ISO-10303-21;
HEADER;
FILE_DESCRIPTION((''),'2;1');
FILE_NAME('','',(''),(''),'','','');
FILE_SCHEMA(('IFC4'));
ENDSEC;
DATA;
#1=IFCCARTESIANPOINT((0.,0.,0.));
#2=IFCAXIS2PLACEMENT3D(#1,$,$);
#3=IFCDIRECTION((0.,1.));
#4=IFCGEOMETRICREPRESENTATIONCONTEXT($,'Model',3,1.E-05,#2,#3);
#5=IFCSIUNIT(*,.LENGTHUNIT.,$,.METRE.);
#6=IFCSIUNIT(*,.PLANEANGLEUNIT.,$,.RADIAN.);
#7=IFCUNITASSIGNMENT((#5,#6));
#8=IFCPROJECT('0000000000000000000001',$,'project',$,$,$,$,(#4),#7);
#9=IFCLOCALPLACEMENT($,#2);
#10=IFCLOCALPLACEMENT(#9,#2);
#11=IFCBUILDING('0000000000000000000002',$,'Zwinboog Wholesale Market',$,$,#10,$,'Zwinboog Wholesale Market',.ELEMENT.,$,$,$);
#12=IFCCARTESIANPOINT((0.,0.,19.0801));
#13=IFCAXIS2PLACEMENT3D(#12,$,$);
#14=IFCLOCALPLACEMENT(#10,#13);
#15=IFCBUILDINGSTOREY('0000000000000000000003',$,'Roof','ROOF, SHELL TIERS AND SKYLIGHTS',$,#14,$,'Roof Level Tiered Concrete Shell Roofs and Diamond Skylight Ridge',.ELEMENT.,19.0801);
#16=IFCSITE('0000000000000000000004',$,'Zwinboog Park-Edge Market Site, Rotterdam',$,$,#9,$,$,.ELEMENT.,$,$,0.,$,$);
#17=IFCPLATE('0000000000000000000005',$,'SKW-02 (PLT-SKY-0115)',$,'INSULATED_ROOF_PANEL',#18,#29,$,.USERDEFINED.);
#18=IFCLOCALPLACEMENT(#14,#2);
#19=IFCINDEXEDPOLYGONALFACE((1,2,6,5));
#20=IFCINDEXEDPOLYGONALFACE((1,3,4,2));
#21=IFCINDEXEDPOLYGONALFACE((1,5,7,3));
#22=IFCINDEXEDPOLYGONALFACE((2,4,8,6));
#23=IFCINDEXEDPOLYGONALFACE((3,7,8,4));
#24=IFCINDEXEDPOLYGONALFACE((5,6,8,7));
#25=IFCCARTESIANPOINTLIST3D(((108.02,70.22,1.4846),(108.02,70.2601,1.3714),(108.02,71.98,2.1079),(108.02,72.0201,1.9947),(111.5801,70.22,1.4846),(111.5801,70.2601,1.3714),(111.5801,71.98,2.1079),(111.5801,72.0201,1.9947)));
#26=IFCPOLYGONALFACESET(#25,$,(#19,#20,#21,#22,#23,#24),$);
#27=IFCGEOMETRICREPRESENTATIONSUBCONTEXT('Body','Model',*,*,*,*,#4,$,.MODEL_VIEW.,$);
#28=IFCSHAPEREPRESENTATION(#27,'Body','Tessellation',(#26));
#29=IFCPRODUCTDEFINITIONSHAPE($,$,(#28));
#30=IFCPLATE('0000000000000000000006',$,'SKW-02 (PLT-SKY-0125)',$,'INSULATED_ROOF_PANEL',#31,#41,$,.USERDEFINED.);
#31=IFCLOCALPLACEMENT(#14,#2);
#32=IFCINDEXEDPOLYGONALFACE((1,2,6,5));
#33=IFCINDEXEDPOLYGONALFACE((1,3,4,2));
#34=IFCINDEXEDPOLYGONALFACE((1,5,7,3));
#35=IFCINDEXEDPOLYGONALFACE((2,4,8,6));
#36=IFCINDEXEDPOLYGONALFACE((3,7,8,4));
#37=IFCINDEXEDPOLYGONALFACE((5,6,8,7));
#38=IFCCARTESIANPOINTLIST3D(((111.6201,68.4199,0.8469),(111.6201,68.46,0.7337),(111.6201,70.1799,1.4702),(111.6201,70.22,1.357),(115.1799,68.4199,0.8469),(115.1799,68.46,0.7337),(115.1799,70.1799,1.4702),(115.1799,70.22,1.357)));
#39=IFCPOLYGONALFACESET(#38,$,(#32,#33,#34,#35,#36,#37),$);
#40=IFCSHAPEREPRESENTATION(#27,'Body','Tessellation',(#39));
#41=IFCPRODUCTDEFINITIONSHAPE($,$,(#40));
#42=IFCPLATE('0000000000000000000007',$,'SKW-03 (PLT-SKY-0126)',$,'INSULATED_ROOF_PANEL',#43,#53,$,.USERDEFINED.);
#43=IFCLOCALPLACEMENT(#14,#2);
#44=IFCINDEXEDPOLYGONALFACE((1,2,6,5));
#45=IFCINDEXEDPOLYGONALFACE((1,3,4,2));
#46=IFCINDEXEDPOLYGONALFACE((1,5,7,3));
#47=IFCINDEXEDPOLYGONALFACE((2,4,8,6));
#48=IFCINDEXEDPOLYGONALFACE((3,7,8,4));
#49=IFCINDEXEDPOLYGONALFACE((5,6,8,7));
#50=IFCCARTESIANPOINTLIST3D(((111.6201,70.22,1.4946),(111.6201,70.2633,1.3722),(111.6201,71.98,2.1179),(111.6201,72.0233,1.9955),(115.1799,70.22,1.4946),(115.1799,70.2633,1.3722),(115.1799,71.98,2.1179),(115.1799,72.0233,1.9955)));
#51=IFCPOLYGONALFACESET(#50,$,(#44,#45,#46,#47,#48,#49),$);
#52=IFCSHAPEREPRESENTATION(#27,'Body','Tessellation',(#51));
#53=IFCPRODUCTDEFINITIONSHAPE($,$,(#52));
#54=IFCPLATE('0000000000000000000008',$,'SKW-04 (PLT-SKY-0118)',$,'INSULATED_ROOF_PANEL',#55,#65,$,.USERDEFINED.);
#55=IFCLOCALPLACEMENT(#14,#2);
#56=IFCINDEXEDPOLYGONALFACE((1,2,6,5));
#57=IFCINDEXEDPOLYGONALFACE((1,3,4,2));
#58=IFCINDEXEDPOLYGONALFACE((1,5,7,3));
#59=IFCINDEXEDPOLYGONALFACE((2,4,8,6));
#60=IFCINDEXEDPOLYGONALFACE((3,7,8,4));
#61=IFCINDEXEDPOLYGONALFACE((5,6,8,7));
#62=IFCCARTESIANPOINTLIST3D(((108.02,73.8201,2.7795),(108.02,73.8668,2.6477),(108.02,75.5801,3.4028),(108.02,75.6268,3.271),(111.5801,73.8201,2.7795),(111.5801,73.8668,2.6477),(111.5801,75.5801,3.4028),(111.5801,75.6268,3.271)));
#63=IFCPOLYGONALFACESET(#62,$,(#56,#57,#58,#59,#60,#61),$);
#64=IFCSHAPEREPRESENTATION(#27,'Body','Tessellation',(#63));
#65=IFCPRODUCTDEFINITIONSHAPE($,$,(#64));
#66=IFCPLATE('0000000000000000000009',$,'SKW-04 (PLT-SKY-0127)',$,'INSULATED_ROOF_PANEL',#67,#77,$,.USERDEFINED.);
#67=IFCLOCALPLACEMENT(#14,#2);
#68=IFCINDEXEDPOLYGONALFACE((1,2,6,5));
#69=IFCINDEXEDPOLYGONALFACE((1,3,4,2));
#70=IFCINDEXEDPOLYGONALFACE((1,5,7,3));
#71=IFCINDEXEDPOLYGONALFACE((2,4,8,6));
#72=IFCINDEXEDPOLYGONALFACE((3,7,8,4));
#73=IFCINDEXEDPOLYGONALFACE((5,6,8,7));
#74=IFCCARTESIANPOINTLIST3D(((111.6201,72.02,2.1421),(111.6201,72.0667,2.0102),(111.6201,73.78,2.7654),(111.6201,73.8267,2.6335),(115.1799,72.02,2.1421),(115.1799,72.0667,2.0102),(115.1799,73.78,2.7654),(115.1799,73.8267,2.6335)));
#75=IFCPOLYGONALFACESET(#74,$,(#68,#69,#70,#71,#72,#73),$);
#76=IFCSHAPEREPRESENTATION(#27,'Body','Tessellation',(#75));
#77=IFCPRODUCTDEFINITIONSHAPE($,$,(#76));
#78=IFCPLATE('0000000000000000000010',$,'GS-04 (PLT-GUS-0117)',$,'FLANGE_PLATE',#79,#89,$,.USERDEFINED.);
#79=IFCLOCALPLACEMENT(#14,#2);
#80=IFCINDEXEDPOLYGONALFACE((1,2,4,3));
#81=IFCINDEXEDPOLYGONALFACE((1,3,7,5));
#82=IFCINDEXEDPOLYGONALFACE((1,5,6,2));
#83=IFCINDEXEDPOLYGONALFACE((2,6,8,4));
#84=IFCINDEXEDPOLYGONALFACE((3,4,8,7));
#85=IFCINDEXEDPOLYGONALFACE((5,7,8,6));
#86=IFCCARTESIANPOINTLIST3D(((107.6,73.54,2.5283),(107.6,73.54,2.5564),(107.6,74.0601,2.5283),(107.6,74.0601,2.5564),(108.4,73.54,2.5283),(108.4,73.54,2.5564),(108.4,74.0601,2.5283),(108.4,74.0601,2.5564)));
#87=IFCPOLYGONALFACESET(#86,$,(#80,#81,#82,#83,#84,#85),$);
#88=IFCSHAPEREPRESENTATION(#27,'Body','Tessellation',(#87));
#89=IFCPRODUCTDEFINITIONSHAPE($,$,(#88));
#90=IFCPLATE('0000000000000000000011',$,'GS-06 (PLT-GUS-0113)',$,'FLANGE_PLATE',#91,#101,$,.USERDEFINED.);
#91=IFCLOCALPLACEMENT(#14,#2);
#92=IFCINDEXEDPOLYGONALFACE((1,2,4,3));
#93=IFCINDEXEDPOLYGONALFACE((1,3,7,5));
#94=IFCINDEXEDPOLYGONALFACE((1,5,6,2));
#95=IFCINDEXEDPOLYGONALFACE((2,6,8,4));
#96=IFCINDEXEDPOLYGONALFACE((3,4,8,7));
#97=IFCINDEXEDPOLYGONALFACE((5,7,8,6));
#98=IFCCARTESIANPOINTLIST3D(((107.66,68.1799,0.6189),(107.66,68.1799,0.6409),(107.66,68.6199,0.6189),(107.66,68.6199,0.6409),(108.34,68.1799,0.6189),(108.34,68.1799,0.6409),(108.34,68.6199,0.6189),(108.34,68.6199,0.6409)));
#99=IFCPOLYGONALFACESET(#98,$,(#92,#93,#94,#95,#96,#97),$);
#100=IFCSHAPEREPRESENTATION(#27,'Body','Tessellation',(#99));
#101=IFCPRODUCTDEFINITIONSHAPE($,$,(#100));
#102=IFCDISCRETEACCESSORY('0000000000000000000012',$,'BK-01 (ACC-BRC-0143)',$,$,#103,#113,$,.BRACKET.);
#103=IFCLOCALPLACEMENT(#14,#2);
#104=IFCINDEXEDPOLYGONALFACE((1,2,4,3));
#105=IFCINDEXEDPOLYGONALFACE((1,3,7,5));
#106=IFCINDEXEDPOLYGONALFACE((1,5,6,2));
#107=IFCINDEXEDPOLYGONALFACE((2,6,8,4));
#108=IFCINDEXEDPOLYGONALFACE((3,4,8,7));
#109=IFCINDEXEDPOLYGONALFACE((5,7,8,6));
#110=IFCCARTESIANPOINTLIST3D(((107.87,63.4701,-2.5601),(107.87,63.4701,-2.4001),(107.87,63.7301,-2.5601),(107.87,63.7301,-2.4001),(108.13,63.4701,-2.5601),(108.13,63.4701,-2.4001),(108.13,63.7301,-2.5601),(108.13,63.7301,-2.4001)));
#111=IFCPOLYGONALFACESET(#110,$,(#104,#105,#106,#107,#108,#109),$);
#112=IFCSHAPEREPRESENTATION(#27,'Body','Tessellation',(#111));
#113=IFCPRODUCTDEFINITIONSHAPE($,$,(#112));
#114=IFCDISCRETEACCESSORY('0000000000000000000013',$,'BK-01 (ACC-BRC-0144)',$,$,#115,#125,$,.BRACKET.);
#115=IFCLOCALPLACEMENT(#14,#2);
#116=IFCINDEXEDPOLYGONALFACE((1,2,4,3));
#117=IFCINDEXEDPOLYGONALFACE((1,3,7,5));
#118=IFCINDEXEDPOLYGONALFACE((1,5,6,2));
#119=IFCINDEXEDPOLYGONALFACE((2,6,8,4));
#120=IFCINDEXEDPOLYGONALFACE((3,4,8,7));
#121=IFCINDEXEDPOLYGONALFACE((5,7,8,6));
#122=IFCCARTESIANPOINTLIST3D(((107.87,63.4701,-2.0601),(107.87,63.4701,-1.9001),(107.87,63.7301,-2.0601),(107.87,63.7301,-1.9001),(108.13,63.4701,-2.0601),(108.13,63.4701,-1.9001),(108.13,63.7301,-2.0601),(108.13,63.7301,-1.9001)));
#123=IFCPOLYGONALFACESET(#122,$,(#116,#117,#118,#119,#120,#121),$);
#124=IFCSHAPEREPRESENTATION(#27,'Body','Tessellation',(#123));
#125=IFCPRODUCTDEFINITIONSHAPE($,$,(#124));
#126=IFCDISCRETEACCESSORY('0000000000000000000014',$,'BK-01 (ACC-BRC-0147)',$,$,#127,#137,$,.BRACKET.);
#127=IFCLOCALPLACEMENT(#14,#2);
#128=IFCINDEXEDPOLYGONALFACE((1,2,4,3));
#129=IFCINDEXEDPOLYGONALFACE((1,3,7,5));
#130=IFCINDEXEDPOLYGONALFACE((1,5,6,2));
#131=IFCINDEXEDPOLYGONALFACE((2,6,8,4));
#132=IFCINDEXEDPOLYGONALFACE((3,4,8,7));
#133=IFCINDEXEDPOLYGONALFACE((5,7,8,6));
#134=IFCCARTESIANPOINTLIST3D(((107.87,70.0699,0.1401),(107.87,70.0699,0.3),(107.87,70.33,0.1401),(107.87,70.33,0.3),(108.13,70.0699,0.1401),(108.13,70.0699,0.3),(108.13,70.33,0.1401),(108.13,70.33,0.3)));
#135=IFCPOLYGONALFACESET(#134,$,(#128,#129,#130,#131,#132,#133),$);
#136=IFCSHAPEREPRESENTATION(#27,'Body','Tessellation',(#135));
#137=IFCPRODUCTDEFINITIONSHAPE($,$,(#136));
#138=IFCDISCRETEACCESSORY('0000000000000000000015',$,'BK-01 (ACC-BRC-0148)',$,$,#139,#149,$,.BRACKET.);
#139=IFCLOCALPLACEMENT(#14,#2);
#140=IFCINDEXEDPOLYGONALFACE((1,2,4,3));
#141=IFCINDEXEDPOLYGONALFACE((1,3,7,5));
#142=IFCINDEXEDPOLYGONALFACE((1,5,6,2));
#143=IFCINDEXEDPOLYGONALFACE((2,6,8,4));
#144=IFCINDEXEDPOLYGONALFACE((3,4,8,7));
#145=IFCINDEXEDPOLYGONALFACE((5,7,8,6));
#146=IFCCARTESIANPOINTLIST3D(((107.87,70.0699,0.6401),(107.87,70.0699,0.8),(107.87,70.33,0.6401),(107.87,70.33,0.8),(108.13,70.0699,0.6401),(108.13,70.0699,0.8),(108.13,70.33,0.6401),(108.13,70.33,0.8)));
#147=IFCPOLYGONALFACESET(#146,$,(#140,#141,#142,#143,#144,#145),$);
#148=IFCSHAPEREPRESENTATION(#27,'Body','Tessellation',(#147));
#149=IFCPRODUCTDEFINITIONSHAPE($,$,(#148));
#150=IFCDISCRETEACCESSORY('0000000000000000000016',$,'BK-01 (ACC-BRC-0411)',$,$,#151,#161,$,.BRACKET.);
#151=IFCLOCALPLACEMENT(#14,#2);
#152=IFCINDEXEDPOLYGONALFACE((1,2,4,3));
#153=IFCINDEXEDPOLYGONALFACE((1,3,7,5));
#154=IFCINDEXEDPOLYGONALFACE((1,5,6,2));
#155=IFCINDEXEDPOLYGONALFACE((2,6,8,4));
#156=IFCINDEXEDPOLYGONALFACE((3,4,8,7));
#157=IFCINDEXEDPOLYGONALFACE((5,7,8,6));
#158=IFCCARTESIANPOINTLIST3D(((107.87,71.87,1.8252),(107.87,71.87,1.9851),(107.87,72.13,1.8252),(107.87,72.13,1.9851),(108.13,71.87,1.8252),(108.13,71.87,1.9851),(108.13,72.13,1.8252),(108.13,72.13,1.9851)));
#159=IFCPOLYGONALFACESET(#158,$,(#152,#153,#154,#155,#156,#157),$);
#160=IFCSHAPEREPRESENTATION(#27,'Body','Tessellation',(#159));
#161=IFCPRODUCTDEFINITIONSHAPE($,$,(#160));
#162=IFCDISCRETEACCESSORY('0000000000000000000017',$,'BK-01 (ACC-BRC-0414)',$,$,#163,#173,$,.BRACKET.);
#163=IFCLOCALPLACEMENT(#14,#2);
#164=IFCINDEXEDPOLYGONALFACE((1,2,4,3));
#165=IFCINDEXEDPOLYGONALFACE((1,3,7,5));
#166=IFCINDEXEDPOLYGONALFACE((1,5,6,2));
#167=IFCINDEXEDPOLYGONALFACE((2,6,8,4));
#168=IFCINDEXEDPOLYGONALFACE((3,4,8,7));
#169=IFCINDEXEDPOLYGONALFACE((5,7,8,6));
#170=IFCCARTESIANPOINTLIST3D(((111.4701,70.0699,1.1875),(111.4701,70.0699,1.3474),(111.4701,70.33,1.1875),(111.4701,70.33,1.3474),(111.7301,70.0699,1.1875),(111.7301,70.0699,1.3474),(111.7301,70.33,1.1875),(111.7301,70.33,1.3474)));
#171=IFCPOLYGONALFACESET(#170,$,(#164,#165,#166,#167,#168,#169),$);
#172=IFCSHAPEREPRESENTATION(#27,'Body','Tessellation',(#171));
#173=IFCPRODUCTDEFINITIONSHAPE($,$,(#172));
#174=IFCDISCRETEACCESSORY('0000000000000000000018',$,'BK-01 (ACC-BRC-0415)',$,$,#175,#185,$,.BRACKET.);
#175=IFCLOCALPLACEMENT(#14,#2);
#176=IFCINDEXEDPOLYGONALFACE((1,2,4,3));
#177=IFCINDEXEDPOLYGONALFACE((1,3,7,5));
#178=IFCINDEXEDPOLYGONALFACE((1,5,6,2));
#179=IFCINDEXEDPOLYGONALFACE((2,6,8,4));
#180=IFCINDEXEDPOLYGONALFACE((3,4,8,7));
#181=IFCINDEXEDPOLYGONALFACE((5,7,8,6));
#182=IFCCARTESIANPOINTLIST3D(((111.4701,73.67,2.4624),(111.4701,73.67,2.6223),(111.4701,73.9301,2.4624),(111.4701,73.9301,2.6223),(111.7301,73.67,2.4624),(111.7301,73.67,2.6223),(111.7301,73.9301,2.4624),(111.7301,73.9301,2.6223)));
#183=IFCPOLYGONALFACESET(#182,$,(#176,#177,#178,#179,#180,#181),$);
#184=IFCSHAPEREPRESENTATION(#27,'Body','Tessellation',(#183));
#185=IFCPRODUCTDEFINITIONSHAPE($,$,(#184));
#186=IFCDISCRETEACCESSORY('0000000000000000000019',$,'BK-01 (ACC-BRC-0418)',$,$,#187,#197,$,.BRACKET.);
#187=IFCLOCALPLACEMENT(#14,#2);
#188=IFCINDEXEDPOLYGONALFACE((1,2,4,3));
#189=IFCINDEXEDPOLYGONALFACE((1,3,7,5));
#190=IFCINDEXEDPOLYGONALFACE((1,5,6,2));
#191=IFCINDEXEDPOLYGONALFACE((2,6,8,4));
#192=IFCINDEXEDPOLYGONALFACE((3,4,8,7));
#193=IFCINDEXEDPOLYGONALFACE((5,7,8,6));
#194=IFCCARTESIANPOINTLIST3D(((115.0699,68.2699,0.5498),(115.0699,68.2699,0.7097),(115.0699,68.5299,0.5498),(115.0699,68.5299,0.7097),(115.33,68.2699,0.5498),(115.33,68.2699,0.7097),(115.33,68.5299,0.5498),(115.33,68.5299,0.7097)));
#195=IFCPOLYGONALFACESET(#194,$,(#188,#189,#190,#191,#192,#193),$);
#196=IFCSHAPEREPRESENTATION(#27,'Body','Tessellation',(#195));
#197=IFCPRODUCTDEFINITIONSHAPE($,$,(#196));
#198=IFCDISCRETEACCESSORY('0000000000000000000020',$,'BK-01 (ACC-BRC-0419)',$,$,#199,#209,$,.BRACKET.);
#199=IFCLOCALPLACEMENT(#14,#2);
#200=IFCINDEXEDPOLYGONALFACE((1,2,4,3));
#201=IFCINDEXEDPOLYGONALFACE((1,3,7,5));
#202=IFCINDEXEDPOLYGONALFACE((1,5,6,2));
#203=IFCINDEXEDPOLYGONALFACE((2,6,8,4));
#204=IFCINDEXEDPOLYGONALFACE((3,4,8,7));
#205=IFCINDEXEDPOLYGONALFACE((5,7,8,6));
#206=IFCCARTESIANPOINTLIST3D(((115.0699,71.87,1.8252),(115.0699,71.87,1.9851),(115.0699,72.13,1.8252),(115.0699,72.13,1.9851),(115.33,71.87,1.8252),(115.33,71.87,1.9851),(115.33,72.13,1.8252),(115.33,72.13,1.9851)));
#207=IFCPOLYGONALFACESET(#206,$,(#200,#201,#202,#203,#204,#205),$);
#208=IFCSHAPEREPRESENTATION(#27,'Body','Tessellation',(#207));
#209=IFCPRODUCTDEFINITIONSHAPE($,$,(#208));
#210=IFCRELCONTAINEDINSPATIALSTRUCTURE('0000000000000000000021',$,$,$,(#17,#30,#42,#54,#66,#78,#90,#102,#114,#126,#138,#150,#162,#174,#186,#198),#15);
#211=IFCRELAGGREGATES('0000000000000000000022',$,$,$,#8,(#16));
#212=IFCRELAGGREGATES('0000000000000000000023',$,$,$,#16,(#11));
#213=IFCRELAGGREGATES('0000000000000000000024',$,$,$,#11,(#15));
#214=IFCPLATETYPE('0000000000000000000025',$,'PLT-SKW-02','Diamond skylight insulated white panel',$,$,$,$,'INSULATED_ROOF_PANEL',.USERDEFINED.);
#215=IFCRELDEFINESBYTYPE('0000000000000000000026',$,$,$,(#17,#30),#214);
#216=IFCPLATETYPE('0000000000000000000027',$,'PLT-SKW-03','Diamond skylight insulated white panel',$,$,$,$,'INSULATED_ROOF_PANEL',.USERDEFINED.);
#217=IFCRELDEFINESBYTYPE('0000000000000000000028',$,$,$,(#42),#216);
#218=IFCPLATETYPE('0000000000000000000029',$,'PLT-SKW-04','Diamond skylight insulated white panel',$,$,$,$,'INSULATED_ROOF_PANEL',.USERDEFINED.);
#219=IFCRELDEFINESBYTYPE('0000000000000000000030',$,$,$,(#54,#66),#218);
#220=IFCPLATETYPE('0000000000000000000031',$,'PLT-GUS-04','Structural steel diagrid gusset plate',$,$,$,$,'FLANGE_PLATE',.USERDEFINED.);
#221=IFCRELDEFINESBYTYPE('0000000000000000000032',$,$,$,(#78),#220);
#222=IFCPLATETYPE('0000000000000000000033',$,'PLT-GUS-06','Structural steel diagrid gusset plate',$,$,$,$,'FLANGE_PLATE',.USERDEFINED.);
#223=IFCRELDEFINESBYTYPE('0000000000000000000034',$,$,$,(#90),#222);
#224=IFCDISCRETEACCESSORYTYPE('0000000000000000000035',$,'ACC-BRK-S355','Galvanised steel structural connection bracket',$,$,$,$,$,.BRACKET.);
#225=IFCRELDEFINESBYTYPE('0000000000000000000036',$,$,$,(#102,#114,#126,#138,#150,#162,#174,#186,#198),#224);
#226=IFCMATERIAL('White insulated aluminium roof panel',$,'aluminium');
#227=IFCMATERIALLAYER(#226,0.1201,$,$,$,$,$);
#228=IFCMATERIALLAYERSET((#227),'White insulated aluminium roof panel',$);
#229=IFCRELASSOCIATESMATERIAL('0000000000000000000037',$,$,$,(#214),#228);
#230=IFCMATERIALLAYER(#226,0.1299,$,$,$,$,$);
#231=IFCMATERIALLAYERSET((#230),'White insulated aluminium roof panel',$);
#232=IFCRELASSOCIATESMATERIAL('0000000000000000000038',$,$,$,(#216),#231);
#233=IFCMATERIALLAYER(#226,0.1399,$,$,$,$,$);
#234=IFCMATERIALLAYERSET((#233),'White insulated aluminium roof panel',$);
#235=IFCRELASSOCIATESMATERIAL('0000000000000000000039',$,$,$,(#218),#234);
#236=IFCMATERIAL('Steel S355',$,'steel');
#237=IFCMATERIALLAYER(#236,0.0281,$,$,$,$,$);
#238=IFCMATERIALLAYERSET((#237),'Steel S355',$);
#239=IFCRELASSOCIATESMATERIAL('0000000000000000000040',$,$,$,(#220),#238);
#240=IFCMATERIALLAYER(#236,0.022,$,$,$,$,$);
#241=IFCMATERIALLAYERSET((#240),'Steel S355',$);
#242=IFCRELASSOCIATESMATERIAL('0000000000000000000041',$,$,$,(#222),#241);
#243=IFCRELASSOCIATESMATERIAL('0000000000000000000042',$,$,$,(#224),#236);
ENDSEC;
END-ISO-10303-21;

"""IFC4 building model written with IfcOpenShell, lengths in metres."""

from ifc_helpers import new_model, si_unit, direction, frame, origin, origin_2d, place, context, subcontext, project, spatial, polyline, rectangle, outline, extrude, material, layer, layer_set, type_object, element, save


model = new_model("IFC4")

# Units and contexts
model_context = context("Model", 3, precision=1e-05, world=origin(), true_north=direction((0.0, 1.0)))
body_context = subcontext(model_context, "Body", "Model", "MODEL_VIEW")
ifc_project = project(units=[si_unit("LENGTHUNIT", "METRE"), si_unit("PLANEANGLEUNIT", "RADIAN")], contexts=[model_context])

# Site, building, storey
site_placement = place(None, origin())
site = spatial("IfcSite", under=ifc_project, at=site_placement, Name="Zwinboog Park-Edge Market Site, Rotterdam", CompositionType="ELEMENT", RefElevation=0.0)
building_placement = place(site_placement, origin())
building = spatial("IfcBuilding", under=site, at=building_placement, Name="Zwinboog Wholesale Market", LongName="Zwinboog Wholesale Market", CompositionType="ELEMENT")
storey_placement = place(building_placement, frame((0.0, 0.0, 19.0801)))
storey = spatial("IfcBuildingStorey", under=building, at=storey_placement, Name="Roof", Description="ROOF, SHELL TIERS AND SKYLIGHTS", LongName="Roof Level Tiered Concrete Shell Roofs and Diamond Skylight Ridge", CompositionType="ELEMENT", Elevation=19.0801)

# Shared definitions
ifc_material_1 = material(Name="Steel S355", Category="steel")

# Plates
ifc_material_2 = material(Name="White insulated aluminium roof panel", Category="aluminium")
ifc_layer_1 = layer(ifc_material_2, 0.1201)
ifc_layer_set_1 = layer_set([ifc_layer_1], Name="White insulated aluminium roof panel")
plate_type_1 = type_object("IfcPlateType", Name="PLT-SKW-02", Description="Diamond skylight insulated white panel", ElementType="INSULATED_ROOF_PANEL", PredefinedType="USERDEFINED", material=ifc_layer_set_1)
plate_1_placement = place(storey_placement, frame((108.02, 70.22, 1.4846), z_axis=(0.0, -0.333825, 0.942635), x_axis=(1.0, 0.0, 0.0)))
element("IfcPlate", 1, at=plate_1_placement, inside=storey, type_object=plate_type_1, Name="SKW-02 (PLT-SKY-0115)", ObjectType="INSULATED_ROOF_PANEL", PredefinedType="USERDEFINED", context=body_context, shape_type="SweptSolid", body=[
    extrude(outline(polyline([(0.0, 0.0), (3.5601, 0.0), (3.5601, 1.8671), (0.0, 1.8671), (0.0, 0.0)])), origin(), (0.0, 0.0, -1.0), 0.1201),
])
plate_2_placement = place(storey_placement, frame((111.6201, 68.4199, 0.8469), z_axis=(0.0, -0.333825, 0.942635), x_axis=(1.0, 0.0, 0.0)))
element("IfcPlate", 2, at=plate_2_placement, inside=storey, type_object=plate_type_1, Name="SKW-02 (PLT-SKY-0125)", ObjectType="INSULATED_ROOF_PANEL", PredefinedType="USERDEFINED", context=body_context, shape_type="SweptSolid", body=[
    extrude(outline(polyline([(0.0, 0.0), (3.5598, 0.0), (3.5598, 1.8671), (0.0, 1.8671), (0.0, 0.0)])), origin(), (0.0, 0.0, -1.0), 0.1201),
])
ifc_layer_2 = layer(ifc_material_2, 0.1299)
ifc_layer_set_2 = layer_set([ifc_layer_2], Name="White insulated aluminium roof panel")
plate_type_2 = type_object("IfcPlateType", Name="PLT-SKW-03", Description="Diamond skylight insulated white panel", ElementType="INSULATED_ROOF_PANEL", PredefinedType="USERDEFINED", material=ifc_layer_set_2)
plate_3_placement = place(storey_placement, frame((111.6201, 70.22, 1.4946), z_axis=(0.0, -0.333825, 0.942635), x_axis=(1.0, 0.0, 0.0)))
element("IfcPlate", 3, at=plate_3_placement, inside=storey, type_object=plate_type_2, Name="SKW-03 (PLT-SKY-0126)", ObjectType="INSULATED_ROOF_PANEL", PredefinedType="USERDEFINED", context=body_context, shape_type="SweptSolid", body=[
    extrude(outline(polyline([(0.0, 0.0), (3.5598, 0.0), (3.5598, 1.8671), (0.0, 1.8671), (0.0, 0.0)])), origin(), (0.0, 0.0, -1.0), 0.1299),
])
ifc_layer_3 = layer(ifc_material_2, 0.1399)
ifc_layer_set_3 = layer_set([ifc_layer_3], Name="White insulated aluminium roof panel")
plate_type_3 = type_object("IfcPlateType", Name="PLT-SKW-04", Description="Diamond skylight insulated white panel", ElementType="INSULATED_ROOF_PANEL", PredefinedType="USERDEFINED", material=ifc_layer_set_3)
plate_4_placement = place(storey_placement, frame((108.02, 73.8201, 2.7795), z_axis=(0.0, -0.333825, 0.942635), x_axis=(1.0, 0.0, 0.0)))
element("IfcPlate", 4, at=plate_4_placement, inside=storey, type_object=plate_type_3, Name="SKW-04 (PLT-SKY-0118)", ObjectType="INSULATED_ROOF_PANEL", PredefinedType="USERDEFINED", context=body_context, shape_type="SweptSolid", body=[
    extrude(outline(polyline([(0.0, 0.0), (3.5601, 0.0), (3.5601, 1.8671), (0.0, 1.8671), (0.0, 0.0)])), origin(), (0.0, 0.0, -1.0), 0.1399),
])
plate_5_placement = place(storey_placement, frame((111.6201, 72.02, 2.1421), z_axis=(0.0, -0.333825, 0.942635), x_axis=(1.0, 0.0, 0.0)))
element("IfcPlate", 5, at=plate_5_placement, inside=storey, type_object=plate_type_3, Name="SKW-04 (PLT-SKY-0127)", ObjectType="INSULATED_ROOF_PANEL", PredefinedType="USERDEFINED", context=body_context, shape_type="SweptSolid", body=[
    extrude(outline(polyline([(0.0, 0.0), (3.5598, 0.0), (3.5598, 1.8671), (0.0, 1.8671), (0.0, 0.0)])), origin(), (0.0, 0.0, -1.0), 0.1399),
])
ifc_layer_4 = layer(ifc_material_1, 0.0281)
ifc_layer_set_4 = layer_set([ifc_layer_4], Name="Steel S355")
plate_type_4 = type_object("IfcPlateType", Name="PLT-GUS-04", Description="Structural steel diagrid gusset plate", ElementType="FLANGE_PLATE", PredefinedType="USERDEFINED", material=ifc_layer_set_4)
plate_6_placement = place(storey_placement, frame((108.0, 73.8, 2.5283), z_axis=(0.0, 0.0, 1.0), x_axis=(1.0, 0.0, 0.0)))
element("IfcPlate", 6, at=plate_6_placement, inside=storey, type_object=plate_type_4, Name="GS-04 (PLT-GUS-0117)", ObjectType="FLANGE_PLATE", PredefinedType="USERDEFINED", context=body_context, shape_type="SweptSolid", body=[
    extrude(rectangle(XDim=0.8, YDim=0.52, at=origin_2d()), origin(), (0.0, 0.0, 1.0), 0.0281),
])
ifc_layer_5 = layer(ifc_material_1, 0.022)
ifc_layer_set_5 = layer_set([ifc_layer_5], Name="Steel S355")
plate_type_5 = type_object("IfcPlateType", Name="PLT-GUS-06", Description="Structural steel diagrid gusset plate", ElementType="FLANGE_PLATE", PredefinedType="USERDEFINED", material=ifc_layer_set_5)
plate_7_placement = place(storey_placement, frame((108.0, 68.3999, 0.6189), z_axis=(0.0, 0.0, 1.0), x_axis=(1.0, 0.0, 0.0)))
element("IfcPlate", 7, at=plate_7_placement, inside=storey, type_object=plate_type_5, Name="GS-06 (PLT-GUS-0113)", ObjectType="FLANGE_PLATE", PredefinedType="USERDEFINED", context=body_context, shape_type="SweptSolid", body=[
    extrude(rectangle(XDim=0.6799, YDim=0.4399, at=origin_2d()), origin(), (0.0, 0.0, 1.0), 0.022),
])

# Discrete accessories
discrete_accessory_type = type_object("IfcDiscreteAccessoryType", Name="ACC-BRK-S355", Description="Galvanised steel structural connection bracket", PredefinedType="BRACKET", material=ifc_material_1)
for number, where, z_axis, x_axis, name in (
    (8, (108.0, 63.6001, -2.5601), (0.0, 0.0, 1.0), (1.0, 0.0, 0.0), "BK-01 (ACC-BRC-0143)"),
    (9, (108.0, 63.6001, -2.0601), (0.0, 0.0, 1.0), (1.0, 0.0, 0.0), "BK-01 (ACC-BRC-0144)"),
    (10, (108.0, 70.2, 0.1401), (0.0, 0.0, 1.0), (1.0, 0.0, 0.0), "BK-01 (ACC-BRC-0147)"),
    (11, (108.0, 70.2, 0.6401), (0.0, 0.0, 1.0), (1.0, 0.0, 0.0), "BK-01 (ACC-BRC-0148)"),
    (12, (108.0, 72.0, 1.8252), (0.0, 0.0, 1.0), (1.0, 0.0, 0.0), "BK-01 (ACC-BRC-0411)"),
    (13, (111.6001, 70.2, 1.1875), (0.0, 0.0, 1.0), (1.0, 0.0, 0.0), "BK-01 (ACC-BRC-0414)"),
    (14, (111.6001, 73.8, 2.4624), (0.0, 0.0, 1.0), (1.0, 0.0, 0.0), "BK-01 (ACC-BRC-0415)"),
    (15, (115.2, 68.3999, 0.5498), (0.0, 0.0, 1.0), (1.0, 0.0, 0.0), "BK-01 (ACC-BRC-0418)"),
    (16, (115.2, 72.0, 1.8252), (0.0, 0.0, 1.0), (1.0, 0.0, 0.0), "BK-01 (ACC-BRC-0419)"),
):
    element("IfcDiscreteAccessory", number, at=place(storey_placement, frame(where, z_axis=z_axis, x_axis=x_axis)), inside=storey, type_object=discrete_accessory_type, Name=name, PredefinedType="BRACKET", context=body_context, shape_type="SweptSolid", body=[
        extrude(rectangle(XDim=0.26, YDim=0.26, at=origin_2d()), origin(), (0.0, 0.0, 1.0), 0.1599),
    ])

save(model, "model.ifc")
